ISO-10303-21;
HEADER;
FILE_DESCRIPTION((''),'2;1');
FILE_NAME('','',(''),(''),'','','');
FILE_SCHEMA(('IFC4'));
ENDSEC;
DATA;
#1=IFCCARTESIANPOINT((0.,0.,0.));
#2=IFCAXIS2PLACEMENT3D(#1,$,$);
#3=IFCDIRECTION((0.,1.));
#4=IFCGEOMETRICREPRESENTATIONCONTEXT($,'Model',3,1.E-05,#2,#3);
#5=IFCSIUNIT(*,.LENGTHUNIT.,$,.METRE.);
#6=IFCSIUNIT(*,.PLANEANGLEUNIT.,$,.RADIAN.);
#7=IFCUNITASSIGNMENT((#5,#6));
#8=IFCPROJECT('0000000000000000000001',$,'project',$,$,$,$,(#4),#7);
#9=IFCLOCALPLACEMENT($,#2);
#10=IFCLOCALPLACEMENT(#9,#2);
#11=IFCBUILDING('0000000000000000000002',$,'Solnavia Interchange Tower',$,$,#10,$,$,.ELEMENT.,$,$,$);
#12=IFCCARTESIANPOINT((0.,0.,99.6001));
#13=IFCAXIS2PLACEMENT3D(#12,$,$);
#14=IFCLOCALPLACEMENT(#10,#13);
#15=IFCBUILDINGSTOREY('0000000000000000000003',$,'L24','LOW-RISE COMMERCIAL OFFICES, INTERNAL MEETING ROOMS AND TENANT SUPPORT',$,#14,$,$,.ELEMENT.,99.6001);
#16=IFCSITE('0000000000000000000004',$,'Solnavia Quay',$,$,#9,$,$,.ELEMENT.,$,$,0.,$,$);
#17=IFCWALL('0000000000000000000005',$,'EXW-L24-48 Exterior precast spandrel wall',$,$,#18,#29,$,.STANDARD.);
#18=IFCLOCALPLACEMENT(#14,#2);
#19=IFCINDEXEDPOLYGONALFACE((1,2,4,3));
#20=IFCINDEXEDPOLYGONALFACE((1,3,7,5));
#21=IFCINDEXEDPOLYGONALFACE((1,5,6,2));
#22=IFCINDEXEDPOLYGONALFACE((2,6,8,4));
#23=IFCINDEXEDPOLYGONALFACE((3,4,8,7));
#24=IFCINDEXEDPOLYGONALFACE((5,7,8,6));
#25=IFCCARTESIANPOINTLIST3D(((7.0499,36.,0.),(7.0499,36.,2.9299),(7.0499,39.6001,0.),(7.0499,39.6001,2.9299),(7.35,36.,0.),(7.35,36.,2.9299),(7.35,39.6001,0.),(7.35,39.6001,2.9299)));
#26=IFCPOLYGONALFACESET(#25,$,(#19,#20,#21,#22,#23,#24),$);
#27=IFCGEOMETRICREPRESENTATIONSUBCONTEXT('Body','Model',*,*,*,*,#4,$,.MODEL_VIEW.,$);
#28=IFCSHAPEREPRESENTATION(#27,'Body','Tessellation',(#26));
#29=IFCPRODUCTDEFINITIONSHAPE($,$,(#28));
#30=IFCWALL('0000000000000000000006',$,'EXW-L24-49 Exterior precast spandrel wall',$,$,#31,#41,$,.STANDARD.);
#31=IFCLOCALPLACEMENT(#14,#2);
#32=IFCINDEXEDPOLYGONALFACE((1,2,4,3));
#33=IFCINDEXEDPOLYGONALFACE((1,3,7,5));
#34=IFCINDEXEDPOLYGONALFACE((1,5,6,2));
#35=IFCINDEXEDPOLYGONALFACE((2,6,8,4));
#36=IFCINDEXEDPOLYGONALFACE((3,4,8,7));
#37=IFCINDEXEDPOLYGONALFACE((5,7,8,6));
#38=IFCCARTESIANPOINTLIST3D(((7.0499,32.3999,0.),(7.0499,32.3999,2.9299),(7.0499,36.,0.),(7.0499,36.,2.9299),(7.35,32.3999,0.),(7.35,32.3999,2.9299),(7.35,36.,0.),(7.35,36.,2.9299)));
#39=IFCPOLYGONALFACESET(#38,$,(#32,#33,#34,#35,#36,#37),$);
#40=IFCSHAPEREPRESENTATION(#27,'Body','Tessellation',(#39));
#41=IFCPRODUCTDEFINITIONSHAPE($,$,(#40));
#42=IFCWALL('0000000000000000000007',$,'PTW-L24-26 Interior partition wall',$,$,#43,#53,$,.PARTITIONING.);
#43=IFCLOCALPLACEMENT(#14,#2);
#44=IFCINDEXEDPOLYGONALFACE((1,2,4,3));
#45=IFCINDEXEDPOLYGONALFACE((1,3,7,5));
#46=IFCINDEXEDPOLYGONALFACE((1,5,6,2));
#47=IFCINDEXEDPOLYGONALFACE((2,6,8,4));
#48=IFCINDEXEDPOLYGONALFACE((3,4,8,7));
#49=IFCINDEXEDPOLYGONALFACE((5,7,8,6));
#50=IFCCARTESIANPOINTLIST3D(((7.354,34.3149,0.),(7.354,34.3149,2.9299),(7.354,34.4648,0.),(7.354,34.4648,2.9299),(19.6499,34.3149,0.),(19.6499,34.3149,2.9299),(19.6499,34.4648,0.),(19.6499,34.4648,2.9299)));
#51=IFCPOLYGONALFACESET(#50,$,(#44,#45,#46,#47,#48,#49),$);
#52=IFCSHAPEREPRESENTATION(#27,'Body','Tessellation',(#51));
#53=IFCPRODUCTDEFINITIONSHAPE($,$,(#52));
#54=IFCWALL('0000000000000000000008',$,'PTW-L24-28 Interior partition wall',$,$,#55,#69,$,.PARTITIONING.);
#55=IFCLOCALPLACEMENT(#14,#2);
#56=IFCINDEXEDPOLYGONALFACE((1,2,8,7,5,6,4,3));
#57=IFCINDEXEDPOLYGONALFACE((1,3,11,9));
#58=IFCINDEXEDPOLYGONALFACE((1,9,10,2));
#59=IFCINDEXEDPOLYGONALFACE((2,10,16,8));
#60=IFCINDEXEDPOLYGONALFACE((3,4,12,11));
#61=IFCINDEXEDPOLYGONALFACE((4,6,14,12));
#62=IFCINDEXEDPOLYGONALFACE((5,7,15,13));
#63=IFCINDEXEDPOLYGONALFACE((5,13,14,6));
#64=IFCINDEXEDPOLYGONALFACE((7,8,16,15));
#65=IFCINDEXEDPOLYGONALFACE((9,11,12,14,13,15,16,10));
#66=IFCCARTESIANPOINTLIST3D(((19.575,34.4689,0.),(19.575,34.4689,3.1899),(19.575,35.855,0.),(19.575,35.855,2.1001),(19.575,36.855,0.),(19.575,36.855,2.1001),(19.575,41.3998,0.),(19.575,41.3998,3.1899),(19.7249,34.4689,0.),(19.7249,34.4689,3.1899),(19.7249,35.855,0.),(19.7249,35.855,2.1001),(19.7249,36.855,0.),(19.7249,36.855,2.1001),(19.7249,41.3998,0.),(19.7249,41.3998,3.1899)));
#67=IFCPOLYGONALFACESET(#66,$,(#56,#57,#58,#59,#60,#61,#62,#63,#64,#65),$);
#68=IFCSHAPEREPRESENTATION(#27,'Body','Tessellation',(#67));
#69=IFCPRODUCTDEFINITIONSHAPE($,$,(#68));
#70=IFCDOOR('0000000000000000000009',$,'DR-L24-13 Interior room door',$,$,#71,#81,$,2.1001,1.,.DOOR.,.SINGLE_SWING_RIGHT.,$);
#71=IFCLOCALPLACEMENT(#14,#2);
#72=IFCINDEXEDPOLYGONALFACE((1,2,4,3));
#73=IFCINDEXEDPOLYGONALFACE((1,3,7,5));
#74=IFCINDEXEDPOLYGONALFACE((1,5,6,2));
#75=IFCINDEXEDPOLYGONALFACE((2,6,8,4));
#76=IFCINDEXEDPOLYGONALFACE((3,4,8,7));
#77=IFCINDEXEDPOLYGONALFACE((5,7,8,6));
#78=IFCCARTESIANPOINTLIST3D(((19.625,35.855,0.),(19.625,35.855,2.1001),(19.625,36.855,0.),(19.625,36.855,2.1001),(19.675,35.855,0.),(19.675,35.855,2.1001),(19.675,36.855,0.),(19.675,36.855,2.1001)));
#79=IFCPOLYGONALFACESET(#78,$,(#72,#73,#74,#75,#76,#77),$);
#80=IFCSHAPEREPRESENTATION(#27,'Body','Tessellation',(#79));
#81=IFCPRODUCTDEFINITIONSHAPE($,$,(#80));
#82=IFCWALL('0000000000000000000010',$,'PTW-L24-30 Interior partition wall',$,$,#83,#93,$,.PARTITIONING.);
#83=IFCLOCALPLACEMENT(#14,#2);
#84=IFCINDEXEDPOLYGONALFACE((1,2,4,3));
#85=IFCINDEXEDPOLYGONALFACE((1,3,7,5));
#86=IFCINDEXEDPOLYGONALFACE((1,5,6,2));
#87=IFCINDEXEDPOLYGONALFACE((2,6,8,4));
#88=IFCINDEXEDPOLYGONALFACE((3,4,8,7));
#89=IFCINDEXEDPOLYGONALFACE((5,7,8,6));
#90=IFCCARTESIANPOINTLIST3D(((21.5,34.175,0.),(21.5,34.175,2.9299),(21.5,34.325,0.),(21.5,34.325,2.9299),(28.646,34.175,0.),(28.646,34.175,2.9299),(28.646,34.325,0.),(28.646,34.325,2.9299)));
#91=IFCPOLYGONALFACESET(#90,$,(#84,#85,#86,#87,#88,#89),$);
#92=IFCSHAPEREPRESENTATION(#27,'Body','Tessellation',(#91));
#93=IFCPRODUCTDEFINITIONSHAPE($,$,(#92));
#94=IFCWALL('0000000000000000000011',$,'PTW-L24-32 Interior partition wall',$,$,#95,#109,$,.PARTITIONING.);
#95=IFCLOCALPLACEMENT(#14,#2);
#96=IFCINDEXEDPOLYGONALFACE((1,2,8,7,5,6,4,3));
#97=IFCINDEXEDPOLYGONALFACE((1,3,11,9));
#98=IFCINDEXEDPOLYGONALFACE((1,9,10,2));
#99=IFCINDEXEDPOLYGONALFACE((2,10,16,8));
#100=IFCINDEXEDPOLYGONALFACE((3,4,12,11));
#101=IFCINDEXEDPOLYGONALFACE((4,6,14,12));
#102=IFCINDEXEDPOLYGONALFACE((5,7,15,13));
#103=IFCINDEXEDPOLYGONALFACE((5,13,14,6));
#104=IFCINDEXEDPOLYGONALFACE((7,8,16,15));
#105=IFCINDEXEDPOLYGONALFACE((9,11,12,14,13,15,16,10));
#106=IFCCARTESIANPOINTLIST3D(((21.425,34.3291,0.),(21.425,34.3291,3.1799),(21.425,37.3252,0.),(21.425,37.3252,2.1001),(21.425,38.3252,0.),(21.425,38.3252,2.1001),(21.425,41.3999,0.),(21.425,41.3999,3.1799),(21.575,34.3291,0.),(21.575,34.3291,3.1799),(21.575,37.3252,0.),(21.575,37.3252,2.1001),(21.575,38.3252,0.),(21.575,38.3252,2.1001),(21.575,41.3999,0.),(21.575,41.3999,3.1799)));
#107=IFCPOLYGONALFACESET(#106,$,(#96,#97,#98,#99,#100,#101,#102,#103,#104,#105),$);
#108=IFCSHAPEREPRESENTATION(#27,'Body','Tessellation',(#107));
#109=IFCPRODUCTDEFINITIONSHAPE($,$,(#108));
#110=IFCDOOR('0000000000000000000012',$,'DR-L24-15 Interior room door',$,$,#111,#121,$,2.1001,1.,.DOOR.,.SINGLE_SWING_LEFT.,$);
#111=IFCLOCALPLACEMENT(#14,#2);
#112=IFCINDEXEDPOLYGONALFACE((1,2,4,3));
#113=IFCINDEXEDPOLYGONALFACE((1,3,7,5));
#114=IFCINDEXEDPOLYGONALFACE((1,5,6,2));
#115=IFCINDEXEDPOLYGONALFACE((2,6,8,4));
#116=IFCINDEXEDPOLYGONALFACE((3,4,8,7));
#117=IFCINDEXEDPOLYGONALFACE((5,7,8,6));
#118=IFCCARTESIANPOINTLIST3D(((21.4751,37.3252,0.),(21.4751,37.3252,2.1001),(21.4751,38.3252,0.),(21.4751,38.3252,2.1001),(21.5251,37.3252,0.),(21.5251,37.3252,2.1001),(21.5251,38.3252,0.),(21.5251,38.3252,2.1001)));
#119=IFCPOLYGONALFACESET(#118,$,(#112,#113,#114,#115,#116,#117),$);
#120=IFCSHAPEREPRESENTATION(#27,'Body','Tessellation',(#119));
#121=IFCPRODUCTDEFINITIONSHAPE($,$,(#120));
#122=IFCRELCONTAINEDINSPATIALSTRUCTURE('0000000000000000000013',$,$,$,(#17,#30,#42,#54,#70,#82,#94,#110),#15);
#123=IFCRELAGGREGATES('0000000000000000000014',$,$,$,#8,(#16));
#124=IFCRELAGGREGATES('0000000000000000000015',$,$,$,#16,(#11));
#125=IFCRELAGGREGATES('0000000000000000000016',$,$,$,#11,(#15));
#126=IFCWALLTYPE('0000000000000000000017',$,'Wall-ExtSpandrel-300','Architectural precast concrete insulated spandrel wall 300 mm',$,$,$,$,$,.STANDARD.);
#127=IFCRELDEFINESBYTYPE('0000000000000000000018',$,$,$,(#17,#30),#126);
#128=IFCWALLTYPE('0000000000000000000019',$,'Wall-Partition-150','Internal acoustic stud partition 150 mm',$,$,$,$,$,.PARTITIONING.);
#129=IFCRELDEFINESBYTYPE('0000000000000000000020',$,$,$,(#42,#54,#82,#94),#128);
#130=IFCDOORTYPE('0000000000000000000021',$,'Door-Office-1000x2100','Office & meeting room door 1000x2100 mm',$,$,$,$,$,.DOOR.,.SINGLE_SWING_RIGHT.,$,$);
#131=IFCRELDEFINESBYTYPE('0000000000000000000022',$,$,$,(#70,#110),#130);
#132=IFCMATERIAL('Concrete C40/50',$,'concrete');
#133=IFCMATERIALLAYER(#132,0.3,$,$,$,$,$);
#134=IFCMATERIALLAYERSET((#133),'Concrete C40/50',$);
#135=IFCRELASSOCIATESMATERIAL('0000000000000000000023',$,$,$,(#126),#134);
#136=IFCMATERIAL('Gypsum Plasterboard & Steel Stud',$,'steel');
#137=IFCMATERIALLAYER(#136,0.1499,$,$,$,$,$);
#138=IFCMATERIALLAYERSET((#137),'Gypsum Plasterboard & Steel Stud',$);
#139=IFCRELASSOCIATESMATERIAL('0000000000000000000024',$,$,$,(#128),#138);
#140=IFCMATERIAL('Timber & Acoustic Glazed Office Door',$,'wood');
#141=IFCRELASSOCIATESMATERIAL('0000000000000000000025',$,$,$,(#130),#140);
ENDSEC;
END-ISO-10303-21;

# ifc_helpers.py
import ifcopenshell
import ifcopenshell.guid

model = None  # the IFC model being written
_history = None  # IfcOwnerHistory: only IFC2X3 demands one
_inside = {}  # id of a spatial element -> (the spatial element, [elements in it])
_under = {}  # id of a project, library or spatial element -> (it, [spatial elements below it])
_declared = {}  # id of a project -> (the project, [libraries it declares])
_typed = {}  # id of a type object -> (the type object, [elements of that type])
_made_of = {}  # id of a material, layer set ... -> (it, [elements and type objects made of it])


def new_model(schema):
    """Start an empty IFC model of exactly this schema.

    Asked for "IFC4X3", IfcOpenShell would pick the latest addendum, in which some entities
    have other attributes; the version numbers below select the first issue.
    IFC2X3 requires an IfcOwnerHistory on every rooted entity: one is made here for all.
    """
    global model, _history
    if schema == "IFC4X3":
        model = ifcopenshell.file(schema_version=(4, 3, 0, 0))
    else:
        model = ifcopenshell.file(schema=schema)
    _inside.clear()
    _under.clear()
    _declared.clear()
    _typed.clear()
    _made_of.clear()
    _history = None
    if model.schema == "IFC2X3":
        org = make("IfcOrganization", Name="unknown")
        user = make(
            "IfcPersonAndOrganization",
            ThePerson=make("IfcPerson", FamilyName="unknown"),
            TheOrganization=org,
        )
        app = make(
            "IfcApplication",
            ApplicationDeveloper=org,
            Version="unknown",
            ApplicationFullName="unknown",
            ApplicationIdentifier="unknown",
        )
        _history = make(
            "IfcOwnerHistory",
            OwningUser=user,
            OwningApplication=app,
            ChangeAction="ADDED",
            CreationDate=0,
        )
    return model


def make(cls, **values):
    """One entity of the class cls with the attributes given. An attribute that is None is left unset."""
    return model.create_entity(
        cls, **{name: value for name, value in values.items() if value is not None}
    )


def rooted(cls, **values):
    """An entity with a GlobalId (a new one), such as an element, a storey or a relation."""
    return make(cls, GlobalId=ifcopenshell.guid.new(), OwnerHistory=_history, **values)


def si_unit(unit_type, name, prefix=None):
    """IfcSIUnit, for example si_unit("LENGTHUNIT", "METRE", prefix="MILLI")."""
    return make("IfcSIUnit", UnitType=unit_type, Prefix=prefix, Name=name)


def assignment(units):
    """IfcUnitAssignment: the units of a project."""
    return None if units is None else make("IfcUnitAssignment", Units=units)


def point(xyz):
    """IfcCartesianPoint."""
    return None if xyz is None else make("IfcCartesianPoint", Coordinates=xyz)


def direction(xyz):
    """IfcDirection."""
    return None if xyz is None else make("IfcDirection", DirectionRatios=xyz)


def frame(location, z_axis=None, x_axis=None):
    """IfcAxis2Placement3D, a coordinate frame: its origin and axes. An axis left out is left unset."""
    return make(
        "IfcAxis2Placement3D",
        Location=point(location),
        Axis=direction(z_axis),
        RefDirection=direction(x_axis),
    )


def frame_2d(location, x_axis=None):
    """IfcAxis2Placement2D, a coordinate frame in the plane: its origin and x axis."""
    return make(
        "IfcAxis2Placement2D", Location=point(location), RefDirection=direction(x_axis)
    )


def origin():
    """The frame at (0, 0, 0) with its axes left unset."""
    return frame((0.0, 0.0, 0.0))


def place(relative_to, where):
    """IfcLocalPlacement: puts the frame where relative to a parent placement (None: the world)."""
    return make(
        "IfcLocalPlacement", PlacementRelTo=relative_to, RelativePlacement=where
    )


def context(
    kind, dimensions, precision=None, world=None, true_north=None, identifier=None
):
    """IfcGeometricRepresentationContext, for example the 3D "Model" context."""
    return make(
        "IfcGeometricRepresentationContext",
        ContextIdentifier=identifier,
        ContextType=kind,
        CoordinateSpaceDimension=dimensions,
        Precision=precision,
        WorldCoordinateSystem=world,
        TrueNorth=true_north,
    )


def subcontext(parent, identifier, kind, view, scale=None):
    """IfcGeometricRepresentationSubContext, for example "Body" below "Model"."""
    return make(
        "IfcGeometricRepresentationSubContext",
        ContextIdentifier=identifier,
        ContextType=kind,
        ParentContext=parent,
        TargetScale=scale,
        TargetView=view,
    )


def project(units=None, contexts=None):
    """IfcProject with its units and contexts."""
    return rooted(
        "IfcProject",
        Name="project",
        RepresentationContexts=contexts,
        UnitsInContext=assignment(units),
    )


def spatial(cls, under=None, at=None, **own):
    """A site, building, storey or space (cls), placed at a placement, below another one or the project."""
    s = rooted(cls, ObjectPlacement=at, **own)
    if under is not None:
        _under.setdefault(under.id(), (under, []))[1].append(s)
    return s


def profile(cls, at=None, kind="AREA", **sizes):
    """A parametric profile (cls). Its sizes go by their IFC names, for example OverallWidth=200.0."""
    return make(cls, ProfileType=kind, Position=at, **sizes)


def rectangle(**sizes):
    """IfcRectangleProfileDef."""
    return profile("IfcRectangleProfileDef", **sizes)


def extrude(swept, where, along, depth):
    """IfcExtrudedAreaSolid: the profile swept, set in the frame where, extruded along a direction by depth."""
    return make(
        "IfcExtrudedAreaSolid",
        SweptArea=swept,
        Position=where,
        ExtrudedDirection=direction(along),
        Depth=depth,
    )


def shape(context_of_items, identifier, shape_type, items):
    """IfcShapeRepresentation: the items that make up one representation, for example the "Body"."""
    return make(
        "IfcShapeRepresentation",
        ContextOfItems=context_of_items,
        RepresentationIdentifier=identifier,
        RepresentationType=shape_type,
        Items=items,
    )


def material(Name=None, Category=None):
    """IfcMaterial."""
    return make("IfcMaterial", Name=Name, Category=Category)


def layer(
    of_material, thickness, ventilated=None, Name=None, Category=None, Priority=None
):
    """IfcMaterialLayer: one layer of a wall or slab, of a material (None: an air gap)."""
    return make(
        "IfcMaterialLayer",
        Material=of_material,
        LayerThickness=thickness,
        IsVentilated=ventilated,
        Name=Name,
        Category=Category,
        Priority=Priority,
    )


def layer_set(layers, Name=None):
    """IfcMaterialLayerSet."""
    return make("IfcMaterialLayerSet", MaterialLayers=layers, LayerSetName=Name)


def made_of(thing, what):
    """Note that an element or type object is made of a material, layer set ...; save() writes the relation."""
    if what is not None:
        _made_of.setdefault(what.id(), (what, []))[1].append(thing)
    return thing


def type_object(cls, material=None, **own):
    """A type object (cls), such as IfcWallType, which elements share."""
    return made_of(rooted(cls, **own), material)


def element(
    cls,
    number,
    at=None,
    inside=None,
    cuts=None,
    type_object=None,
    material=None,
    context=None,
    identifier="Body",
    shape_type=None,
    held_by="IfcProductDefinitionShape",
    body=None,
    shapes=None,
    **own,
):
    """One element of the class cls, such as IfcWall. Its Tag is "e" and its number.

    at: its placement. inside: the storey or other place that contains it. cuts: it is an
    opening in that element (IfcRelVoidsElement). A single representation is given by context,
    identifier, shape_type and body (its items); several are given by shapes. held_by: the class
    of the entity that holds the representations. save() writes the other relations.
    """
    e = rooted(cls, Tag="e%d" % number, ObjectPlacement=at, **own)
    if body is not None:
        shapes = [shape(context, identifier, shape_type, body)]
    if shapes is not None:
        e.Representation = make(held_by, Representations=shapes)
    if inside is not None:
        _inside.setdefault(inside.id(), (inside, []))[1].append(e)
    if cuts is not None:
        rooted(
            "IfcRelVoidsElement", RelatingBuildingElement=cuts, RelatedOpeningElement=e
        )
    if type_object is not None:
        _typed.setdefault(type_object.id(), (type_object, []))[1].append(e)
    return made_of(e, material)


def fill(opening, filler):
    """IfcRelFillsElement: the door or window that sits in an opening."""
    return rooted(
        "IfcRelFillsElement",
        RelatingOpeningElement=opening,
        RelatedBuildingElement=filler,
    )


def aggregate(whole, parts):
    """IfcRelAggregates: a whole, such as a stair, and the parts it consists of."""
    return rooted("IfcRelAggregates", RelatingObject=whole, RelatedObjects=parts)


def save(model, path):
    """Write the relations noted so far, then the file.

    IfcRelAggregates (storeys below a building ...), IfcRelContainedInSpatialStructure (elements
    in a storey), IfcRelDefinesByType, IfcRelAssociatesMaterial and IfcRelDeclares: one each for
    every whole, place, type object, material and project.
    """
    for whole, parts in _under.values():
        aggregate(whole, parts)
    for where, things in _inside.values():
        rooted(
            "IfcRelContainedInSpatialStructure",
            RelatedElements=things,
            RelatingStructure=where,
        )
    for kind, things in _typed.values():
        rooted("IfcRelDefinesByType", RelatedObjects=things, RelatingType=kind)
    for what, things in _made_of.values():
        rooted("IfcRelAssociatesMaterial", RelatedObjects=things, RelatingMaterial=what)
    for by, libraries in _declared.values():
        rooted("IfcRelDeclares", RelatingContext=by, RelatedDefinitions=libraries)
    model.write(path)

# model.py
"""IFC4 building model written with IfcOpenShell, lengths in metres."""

from ifc_helpers import new_model, si_unit, direction, frame, frame_2d, origin, place, context, subcontext, project, spatial, rectangle, extrude, material, layer, layer_set, type_object, element, fill, save


model = new_model("IFC4")

# Units and contexts
model_context = context("Model", 3, precision=1e-05, world=origin(), true_north=direction((0.0, 1.0)))
body_context = subcontext(model_context, "Body", "Model", "MODEL_VIEW")
ifc_project = project(units=[si_unit("LENGTHUNIT", "METRE"), si_unit("PLANEANGLEUNIT", "RADIAN")], contexts=[model_context])

# Site, building, storey
site_placement = place(None, origin())
site = spatial("IfcSite", under=ifc_project, at=site_placement, Name="Solnavia Quay", CompositionType="ELEMENT", RefElevation=0.0)
building_placement = place(site_placement, origin())
building = spatial("IfcBuilding", under=site, at=building_placement, Name="Solnavia Interchange Tower", CompositionType="ELEMENT")
storey_placement = place(building_placement, frame((0.0, 0.0, 99.6001)))
storey = spatial("IfcBuildingStorey", under=building, at=storey_placement, Name="L24", Description="LOW-RISE COMMERCIAL OFFICES, INTERNAL MEETING ROOMS AND TENANT SUPPORT", CompositionType="ELEMENT", Elevation=99.6001)

# Walls
ifc_material_1 = material(Name="Concrete C40/50", Category="concrete")
ifc_layer_1 = layer(ifc_material_1, 0.3)
ifc_layer_set_1 = layer_set([ifc_layer_1], Name="Concrete C40/50")
wall_type_1 = type_object("IfcWallType", Name="Wall-ExtSpandrel-300", Description="Architectural precast concrete insulated spandrel wall 300 mm", PredefinedType="STANDARD", material=ifc_layer_set_1)
for number, where, z_axis, x_axis, name in (
    (1, (7.2, 36.0, 0.0), (0.0, 0.0, 1.0), (0.0, 1.0, 0.0), "EXW-L24-48 Exterior precast spandrel wall"),
    (2, (7.2, 32.3999, 0.0), (0.0, 0.0, 1.0), (0.0, 1.0, 0.0), "EXW-L24-49 Exterior precast spandrel wall"),
):
    element("IfcWall", number, at=place(storey_placement, frame(where, z_axis=z_axis, x_axis=x_axis)), inside=storey, type_object=wall_type_1, Name=name, PredefinedType="STANDARD", context=body_context, shape_type="SweptSolid", body=[
        extrude(rectangle(XDim=3.6001, YDim=0.3, at=frame_2d((1.8, 0.0))), origin(), (0.0, 0.0, 1.0), 2.9299),
    ])
ifc_material_2 = material(Name="Gypsum Plasterboard & Steel Stud", Category="steel")
ifc_layer_2 = layer(ifc_material_2, 0.1499)
ifc_layer_set_2 = layer_set([ifc_layer_2], Name="Gypsum Plasterboard & Steel Stud")
wall_type_2 = type_object("IfcWallType", Name="Wall-Partition-150", Description="Internal acoustic stud partition 150 mm", PredefinedType="PARTITIONING", material=ifc_layer_set_2)
wall_1_placement = place(storey_placement, frame((7.354, 34.3899, 0.0), z_axis=(0.0, 0.0, 1.0), x_axis=(1.0, 0.0, 0.0)))
element("IfcWall", 3, at=wall_1_placement, inside=storey, type_object=wall_type_2, Name="PTW-L24-26 Interior partition wall", PredefinedType="PARTITIONING", context=body_context, shape_type="SweptSolid", body=[
    extrude(rectangle(XDim=12.2959, YDim=0.1499, at=frame_2d((6.1479, 0.0))), origin(), (0.0, 0.0, 1.0), 2.9299),
])

# Wall, opening, door
wall_2_placement = place(storey_placement, frame((19.6499, 34.469, 0.0), z_axis=(0.0, 0.0, 1.0), x_axis=(0.0, 1.0, 0.0)))
wall_2 = element("IfcWall", 4, at=wall_2_placement, inside=storey, type_object=wall_type_2, Name="PTW-L24-28 Interior partition wall", PredefinedType="PARTITIONING", context=body_context, shape_type="SweptSolid", body=[
    extrude(rectangle(XDim=6.9309, YDim=0.1499, at=frame_2d((3.4653, 0.0))), origin(), (0.0, 0.0, 1.0), 3.1899),
])
opening_1_placement = place(wall_2_placement, frame((1.386, 0.0, 0.0)))
opening_1 = element("IfcOpeningElement", 5, at=opening_1_placement, cuts=wall_2, PredefinedType="OPENING", context=body_context, shape_type="SweptSolid", body=[
    extrude(rectangle(XDim=1.0, YDim=2.1001, at=frame_2d((0.5, 1.05))), frame((0.0, 0.085, 0.0), z_axis=(0.0, -1.0, 0.0), x_axis=(1.0, 0.0, 0.0)), (0.0, 0.0, 1.0), 0.1699),
])
ifc_material_3 = material(Name="Timber & Acoustic Glazed Office Door", Category="wood")
door_type = type_object("IfcDoorType", Name="Door-Office-1000x2100", Description="Office & meeting room door 1000x2100 mm", OperationType="SINGLE_SWING_RIGHT", PredefinedType="DOOR", material=ifc_material_3)
door_1_placement = place(opening_1_placement, origin())
door_1 = element("IfcDoor", 6, at=door_1_placement, inside=storey, type_object=door_type, Name="DR-L24-13 Interior room door", OperationType="SINGLE_SWING_RIGHT", OverallHeight=2.1001, OverallWidth=1.0, PredefinedType="DOOR", context=body_context, shape_type="SweptSolid", body=[
    extrude(rectangle(XDim=1.0, YDim=2.1001, at=frame_2d((0.5, 1.05))), frame((0.0, 0.0249, 0.0), z_axis=(0.0, -1.0, 0.0), x_axis=(1.0, 0.0, 0.0)), (0.0, 0.0, 1.0), 0.05),
])
fill(opening_1, door_1)

# Wall
wall_3_placement = place(storey_placement, frame((21.5, 34.25, 0.0), z_axis=(0.0, 0.0, 1.0), x_axis=(1.0, 0.0, 0.0)))
element("IfcWall", 7, at=wall_3_placement, inside=storey, type_object=wall_type_2, Name="PTW-L24-30 Interior partition wall", PredefinedType="PARTITIONING", context=body_context, shape_type="SweptSolid", body=[
    extrude(rectangle(XDim=7.146, YDim=0.1499, at=frame_2d((3.573, 0.0))), origin(), (0.0, 0.0, 1.0), 2.9299),
])

# Wall, opening, door
wall_4_placement = place(storey_placement, frame((21.5, 34.3291, 0.0), z_axis=(0.0, 0.0, 1.0), x_axis=(0.0, 1.0, 0.0)))
wall_4 = element("IfcWall", 8, at=wall_4_placement, inside=storey, type_object=wall_type_2, Name="PTW-L24-32 Interior partition wall", PredefinedType="PARTITIONING", context=body_context, shape_type="SweptSolid", body=[
    extrude(rectangle(XDim=7.0708, YDim=0.1499, at=frame_2d((3.5354, 0.0))), origin(), (0.0, 0.0, 1.0), 3.1799),
])
opening_2_placement = place(wall_4_placement, frame((2.9961, 0.0, 0.0)))
opening_2 = element("IfcOpeningElement", 9, at=opening_2_placement, cuts=wall_4, PredefinedType="OPENING", context=body_context, shape_type="SweptSolid", body=[
    extrude(rectangle(XDim=1.0, YDim=2.1001, at=frame_2d((0.5, 1.05))), frame((0.0, 0.085, 0.0), z_axis=(0.0, -1.0, 0.0), x_axis=(1.0, 0.0, 0.0)), (0.0, 0.0, 1.0), 0.1699),
])
door_2_placement = place(opening_2_placement, origin())
door_2 = element("IfcDoor", 10, at=door_2_placement, inside=storey, type_object=door_type, Name="DR-L24-15 Interior room door", OperationType="SINGLE_SWING_LEFT", OverallHeight=2.1001, OverallWidth=1.0, PredefinedType="DOOR", context=body_context, shape_type="SweptSolid", body=[
    extrude(rectangle(XDim=1.0, YDim=2.1001, at=frame_2d((0.5, 1.05))), frame((0.0, 0.0249, 0.0), z_axis=(0.0, -1.0, 0.0), x_axis=(1.0, 0.0, 0.0)), (0.0, 0.0, 1.0), 0.05),
])
fill(opening_2, door_2)

save(model, "model.ifc")
